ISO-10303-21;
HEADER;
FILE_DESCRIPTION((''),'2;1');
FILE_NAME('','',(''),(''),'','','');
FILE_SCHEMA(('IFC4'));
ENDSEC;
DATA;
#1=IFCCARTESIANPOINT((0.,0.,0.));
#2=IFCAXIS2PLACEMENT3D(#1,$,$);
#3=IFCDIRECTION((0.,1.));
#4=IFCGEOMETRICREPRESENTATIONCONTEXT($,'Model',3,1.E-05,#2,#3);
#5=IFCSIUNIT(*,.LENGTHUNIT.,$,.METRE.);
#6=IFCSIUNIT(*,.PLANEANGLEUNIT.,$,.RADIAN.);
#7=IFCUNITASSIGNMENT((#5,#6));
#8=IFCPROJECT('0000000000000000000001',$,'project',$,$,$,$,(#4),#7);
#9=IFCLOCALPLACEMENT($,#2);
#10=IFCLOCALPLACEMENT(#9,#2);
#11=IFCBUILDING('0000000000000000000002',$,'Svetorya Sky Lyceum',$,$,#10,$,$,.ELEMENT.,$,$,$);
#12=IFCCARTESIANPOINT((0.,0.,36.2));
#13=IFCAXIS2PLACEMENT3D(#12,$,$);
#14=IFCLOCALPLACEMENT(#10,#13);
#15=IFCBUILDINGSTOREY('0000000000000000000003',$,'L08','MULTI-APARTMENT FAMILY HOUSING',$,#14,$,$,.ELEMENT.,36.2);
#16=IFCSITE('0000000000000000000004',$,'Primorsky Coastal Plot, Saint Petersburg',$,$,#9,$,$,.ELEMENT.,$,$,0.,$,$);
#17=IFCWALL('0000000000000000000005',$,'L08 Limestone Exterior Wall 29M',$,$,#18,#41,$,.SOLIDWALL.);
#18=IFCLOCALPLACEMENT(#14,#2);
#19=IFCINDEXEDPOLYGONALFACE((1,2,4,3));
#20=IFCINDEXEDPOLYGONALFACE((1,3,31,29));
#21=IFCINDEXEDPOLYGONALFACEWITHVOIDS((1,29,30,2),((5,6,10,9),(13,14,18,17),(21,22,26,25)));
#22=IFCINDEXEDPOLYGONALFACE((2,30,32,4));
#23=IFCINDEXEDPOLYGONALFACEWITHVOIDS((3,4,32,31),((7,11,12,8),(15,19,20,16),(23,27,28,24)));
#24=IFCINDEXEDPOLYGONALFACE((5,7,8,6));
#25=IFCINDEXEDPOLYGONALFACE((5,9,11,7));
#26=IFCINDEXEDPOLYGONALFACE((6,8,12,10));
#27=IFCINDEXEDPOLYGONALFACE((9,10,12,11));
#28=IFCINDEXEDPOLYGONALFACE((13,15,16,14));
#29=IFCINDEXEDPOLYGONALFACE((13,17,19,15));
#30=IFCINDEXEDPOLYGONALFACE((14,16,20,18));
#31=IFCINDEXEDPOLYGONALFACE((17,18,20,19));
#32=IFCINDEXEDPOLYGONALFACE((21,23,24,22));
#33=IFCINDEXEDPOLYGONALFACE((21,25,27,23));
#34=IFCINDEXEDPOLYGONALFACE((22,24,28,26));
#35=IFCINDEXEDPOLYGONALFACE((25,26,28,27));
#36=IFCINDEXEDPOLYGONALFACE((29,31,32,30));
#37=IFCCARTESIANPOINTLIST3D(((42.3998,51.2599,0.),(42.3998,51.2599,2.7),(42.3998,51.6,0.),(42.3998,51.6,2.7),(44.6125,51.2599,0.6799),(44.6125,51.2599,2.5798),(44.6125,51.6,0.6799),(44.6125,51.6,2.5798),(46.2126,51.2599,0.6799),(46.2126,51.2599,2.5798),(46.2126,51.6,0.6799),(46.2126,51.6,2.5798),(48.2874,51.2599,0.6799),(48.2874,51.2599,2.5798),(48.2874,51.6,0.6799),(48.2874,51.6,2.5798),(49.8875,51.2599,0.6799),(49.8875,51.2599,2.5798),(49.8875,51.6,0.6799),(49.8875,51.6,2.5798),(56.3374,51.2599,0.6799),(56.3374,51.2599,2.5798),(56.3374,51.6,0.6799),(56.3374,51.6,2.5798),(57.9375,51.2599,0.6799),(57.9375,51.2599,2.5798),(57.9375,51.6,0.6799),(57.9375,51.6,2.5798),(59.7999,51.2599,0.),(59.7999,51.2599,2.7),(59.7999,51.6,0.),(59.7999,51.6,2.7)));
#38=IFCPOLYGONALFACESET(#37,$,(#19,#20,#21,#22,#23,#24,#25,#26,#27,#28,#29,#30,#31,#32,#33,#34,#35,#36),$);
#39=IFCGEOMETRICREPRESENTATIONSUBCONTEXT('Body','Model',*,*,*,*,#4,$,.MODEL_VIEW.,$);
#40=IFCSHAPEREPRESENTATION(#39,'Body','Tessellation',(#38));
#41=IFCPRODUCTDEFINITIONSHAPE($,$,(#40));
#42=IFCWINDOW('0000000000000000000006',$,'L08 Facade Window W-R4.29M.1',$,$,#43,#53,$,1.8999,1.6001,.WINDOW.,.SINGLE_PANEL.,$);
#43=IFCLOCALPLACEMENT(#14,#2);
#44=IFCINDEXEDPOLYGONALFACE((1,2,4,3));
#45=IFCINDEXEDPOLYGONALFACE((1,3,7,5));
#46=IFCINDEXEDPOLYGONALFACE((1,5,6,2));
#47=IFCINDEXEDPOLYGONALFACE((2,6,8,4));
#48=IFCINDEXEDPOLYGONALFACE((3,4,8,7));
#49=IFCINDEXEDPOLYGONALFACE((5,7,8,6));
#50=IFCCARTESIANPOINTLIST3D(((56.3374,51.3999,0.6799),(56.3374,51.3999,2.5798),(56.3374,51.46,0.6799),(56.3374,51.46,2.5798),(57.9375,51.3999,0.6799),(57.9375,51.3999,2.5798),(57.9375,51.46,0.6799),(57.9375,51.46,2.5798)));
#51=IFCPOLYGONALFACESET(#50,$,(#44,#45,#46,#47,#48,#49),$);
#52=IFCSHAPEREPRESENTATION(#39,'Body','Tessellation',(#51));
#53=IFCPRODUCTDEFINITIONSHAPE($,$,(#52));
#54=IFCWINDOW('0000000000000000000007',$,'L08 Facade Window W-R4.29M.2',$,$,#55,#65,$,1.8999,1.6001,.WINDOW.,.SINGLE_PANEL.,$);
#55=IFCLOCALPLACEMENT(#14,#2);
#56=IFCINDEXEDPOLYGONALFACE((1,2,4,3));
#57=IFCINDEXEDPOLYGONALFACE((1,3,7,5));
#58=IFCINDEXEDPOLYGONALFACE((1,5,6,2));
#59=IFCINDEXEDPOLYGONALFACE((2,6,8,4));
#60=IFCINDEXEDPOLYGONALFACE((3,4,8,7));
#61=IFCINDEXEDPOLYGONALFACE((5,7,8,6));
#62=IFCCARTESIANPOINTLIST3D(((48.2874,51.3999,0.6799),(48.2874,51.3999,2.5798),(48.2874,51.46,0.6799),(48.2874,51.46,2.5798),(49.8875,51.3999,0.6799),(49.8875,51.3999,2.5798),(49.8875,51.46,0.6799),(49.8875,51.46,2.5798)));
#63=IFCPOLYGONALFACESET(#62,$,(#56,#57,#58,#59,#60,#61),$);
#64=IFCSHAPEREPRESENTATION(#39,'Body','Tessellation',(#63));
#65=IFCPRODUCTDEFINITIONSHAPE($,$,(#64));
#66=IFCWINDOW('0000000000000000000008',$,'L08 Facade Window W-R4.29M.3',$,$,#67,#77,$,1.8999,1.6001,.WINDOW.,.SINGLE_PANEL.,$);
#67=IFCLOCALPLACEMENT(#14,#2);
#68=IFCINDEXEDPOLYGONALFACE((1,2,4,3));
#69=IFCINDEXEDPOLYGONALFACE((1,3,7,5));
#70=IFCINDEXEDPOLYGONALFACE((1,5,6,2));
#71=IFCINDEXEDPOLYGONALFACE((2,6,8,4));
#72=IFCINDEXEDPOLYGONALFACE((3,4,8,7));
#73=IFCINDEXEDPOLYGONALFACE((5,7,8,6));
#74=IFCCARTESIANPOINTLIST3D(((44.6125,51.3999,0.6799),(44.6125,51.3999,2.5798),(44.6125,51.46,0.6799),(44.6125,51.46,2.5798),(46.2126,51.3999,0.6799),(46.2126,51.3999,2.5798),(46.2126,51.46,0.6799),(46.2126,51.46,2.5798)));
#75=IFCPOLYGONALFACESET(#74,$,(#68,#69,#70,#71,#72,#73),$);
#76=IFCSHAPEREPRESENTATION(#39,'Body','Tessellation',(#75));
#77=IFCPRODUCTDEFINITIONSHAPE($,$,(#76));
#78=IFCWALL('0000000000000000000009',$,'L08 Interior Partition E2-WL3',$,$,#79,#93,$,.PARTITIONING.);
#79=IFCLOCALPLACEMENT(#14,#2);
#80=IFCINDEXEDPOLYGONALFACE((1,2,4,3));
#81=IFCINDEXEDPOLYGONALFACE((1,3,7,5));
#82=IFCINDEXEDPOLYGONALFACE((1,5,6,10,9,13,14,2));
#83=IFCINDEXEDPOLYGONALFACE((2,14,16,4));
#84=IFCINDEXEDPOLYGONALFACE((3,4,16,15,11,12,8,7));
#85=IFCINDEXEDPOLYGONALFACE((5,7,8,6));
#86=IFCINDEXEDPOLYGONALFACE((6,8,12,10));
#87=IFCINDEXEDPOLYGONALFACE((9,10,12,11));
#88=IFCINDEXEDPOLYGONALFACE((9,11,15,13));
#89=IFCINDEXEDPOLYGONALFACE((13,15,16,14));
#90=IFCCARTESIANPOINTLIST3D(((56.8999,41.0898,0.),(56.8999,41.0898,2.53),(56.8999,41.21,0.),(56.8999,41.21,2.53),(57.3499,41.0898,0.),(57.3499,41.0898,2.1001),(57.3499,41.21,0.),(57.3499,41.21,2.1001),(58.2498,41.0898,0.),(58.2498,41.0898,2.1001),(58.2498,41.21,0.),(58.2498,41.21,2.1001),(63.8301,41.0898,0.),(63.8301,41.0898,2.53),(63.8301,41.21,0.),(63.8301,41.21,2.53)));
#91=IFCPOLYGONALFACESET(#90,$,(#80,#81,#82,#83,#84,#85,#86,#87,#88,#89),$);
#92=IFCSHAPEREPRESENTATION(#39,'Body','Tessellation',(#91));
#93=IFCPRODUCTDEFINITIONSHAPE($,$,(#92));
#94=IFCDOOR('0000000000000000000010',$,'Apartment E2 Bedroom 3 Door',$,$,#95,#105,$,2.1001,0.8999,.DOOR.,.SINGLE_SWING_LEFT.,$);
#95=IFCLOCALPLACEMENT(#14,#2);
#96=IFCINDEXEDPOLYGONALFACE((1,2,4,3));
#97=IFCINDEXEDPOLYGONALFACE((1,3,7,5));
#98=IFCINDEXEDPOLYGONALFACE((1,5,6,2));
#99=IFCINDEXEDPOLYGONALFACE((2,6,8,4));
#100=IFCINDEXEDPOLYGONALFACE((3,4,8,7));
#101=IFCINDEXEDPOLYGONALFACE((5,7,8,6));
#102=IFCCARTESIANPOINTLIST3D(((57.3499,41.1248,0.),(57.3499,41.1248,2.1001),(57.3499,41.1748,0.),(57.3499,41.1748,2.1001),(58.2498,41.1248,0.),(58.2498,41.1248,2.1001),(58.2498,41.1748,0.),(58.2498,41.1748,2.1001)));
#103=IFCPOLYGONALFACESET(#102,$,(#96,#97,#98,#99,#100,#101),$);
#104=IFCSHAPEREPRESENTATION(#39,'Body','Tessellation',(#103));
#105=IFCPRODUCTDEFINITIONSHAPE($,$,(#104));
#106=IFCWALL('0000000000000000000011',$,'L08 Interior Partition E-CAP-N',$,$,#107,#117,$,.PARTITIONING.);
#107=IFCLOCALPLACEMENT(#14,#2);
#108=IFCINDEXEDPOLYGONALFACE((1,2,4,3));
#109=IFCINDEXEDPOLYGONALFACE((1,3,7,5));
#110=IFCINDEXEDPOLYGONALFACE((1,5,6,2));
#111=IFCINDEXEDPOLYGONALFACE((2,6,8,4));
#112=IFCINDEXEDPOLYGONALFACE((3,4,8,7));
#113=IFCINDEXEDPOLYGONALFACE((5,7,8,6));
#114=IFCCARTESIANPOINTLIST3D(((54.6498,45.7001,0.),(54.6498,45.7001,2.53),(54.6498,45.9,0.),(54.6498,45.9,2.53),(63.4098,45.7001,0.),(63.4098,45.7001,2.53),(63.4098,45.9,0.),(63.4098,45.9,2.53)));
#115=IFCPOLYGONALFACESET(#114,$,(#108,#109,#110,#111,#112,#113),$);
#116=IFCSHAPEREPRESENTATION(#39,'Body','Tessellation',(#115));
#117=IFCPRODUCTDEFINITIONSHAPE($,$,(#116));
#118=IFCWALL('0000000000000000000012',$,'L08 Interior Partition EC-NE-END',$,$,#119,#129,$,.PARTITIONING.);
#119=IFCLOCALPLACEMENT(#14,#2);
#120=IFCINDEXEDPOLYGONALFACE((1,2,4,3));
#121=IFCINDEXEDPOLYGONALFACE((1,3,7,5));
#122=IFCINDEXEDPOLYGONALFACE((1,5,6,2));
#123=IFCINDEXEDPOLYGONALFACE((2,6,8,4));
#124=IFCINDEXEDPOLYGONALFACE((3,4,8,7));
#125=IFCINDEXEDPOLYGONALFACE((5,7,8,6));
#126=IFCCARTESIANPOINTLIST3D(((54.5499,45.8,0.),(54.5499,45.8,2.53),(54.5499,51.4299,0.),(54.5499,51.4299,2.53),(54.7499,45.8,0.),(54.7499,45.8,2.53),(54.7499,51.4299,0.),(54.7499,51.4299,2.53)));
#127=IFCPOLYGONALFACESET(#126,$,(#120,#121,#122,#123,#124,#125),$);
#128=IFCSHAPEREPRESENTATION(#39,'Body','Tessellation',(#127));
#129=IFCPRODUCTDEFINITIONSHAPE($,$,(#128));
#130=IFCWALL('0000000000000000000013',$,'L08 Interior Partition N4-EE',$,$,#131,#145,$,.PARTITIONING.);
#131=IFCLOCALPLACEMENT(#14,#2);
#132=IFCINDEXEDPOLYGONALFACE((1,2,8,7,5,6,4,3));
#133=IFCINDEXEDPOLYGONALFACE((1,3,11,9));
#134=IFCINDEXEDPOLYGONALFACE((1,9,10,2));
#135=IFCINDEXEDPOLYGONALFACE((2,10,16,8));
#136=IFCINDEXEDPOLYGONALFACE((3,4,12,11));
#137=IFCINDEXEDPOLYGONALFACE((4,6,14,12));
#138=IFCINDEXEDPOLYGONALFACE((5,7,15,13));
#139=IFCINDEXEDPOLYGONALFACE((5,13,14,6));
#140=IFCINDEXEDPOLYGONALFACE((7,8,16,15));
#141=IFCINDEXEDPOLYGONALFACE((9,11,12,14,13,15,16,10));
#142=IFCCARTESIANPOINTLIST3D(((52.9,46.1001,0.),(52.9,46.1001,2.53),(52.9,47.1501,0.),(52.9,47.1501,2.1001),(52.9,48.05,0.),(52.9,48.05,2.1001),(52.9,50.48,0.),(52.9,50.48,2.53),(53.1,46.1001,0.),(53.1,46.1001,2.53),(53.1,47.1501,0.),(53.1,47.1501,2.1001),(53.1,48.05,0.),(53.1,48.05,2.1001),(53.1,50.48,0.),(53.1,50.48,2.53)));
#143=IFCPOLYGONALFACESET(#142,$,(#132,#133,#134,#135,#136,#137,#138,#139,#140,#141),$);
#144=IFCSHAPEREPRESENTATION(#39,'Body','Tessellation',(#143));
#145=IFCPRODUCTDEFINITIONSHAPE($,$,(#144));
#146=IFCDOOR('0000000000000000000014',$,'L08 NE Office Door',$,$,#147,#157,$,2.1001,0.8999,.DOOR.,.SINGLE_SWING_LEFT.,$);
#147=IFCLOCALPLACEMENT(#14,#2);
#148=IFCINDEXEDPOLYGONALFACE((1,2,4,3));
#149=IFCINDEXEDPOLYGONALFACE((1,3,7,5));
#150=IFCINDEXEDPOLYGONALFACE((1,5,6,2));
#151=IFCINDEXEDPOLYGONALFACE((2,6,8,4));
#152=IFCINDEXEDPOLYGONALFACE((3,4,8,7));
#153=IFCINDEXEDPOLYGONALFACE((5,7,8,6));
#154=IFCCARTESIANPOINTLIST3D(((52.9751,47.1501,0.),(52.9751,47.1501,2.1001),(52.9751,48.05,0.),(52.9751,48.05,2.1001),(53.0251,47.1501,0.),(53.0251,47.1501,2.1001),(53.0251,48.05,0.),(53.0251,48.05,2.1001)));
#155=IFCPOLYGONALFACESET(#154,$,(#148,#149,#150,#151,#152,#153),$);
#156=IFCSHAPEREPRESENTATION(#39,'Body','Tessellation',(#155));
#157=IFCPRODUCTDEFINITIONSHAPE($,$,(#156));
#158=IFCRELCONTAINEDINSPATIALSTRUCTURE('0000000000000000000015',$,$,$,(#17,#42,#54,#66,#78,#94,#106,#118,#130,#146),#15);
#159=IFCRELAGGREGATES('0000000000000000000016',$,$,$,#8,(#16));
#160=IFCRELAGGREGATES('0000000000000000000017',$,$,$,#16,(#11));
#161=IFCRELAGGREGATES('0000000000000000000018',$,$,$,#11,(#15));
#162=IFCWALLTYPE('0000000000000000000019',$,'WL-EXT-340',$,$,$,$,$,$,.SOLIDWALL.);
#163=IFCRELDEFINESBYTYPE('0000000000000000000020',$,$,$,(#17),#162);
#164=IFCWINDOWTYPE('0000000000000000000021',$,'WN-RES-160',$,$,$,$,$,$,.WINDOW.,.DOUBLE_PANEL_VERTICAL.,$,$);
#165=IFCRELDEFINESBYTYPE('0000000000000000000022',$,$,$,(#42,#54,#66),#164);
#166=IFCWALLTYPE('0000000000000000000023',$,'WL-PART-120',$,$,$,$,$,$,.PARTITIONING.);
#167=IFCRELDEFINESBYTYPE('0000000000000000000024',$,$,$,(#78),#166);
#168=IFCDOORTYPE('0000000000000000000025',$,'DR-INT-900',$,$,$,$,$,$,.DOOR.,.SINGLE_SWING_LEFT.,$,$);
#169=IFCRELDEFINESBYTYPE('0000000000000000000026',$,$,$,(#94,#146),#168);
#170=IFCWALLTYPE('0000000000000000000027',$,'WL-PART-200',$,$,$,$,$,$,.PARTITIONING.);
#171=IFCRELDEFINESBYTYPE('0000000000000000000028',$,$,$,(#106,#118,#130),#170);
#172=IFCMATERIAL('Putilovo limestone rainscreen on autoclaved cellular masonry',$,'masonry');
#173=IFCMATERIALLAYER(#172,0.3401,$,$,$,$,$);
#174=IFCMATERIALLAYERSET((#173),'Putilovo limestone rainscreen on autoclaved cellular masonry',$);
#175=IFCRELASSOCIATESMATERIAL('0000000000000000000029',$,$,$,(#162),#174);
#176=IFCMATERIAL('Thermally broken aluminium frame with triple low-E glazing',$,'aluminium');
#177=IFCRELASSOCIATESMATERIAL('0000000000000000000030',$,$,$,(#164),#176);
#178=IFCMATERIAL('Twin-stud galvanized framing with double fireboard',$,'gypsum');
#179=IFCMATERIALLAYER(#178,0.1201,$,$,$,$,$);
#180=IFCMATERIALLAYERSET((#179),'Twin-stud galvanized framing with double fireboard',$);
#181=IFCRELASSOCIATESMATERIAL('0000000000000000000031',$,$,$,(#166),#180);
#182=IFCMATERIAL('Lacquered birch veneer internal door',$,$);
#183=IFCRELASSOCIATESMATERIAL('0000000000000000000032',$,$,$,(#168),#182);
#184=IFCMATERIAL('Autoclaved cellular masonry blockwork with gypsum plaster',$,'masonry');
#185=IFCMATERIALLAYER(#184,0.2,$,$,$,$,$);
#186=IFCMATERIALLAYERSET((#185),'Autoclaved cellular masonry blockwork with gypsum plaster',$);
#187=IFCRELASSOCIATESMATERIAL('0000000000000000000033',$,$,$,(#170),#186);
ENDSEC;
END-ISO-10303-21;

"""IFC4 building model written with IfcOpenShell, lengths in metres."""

from ifc_helpers import new_model, si_unit, direction, frame, frame_2d, origin, place, context, subcontext, project, spatial, rectangle, extrude, material, layer, layer_set, type_object, element, fill, save


model = new_model("IFC4")

# Units and contexts
model_context = context("Model", 3, precision=1e-05, world=origin(), true_north=direction((0.0, 1.0)))
body_context = subcontext(model_context, "Body", "Model", "MODEL_VIEW")
ifc_project = project(units=[si_unit("LENGTHUNIT", "METRE"), si_unit("PLANEANGLEUNIT", "RADIAN")], contexts=[model_context])

# Site, building, storey
site_placement = place(None, origin())
site = spatial("IfcSite", under=ifc_project, at=site_placement, Name="Primorsky Coastal Plot, Saint Petersburg", CompositionType="ELEMENT", RefElevation=0.0)
building_placement = place(site_placement, origin())
building = spatial("IfcBuilding", under=site, at=building_placement, Name="Svetorya Sky Lyceum", CompositionType="ELEMENT")
storey_placement = place(building_placement, frame((0.0, 0.0, 36.2)))
storey = spatial("IfcBuildingStorey", under=building, at=storey_placement, Name="L08", Description="MULTI-APARTMENT FAMILY HOUSING", CompositionType="ELEMENT", Elevation=36.2)

# Shared definitions
ifc_material_1 = material(Name="Putilovo limestone rainscreen on autoclaved cellular masonry", Category="masonry")
ifc_layer_1 = layer(ifc_material_1, 0.3401)
ifc_layer_set_1 = layer_set([ifc_layer_1], Name="Putilovo limestone rainscreen on autoclaved cellular masonry")
wall_type_1 = type_object("IfcWallType", Name="WL-EXT-340", PredefinedType="SOLIDWALL", material=ifc_layer_set_1)

# Wall, openings, windows
wall_1_placement = place(storey_placement, frame((59.8, 51.4299, 0.0), z_axis=(0.0, 0.0, 1.0), x_axis=(-1.0, 0.0, 0.0)))
wall_1 = element("IfcWall", 1, at=wall_1_placement, inside=storey, type_object=wall_type_1, Name="L08 Limestone Exterior Wall 29M", PredefinedType="SOLIDWALL", context=body_context, shape_type="SweptSolid", body=[
    extrude(rectangle(XDim=17.4001, YDim=0.3401, at=frame_2d((8.7002, 0.0))), origin(), (0.0, 0.0, 1.0), 2.7),
])
opening_1_placement = place(wall_1_placement, frame((1.8625, 0.0, 0.6799)))
opening_1 = element("IfcOpeningElement", 2, at=opening_1_placement, cuts=wall_1, PredefinedType="OPENING", context=body_context, shape_type="SweptSolid", body=[
    extrude(rectangle(XDim=1.6001, YDim=1.8999, at=frame_2d((0.8, 0.95))), frame((0.0, 0.1799, 0.0), z_axis=(0.0, -1.0, 0.0), x_axis=(1.0, 0.0, 0.0)), (0.0, 0.0, 1.0), 0.3601),
])
opening_2_placement = place(wall_1_placement, frame((9.9126, 0.0, 0.6799)))
opening_2 = element("IfcOpeningElement", 3, at=opening_2_placement, cuts=wall_1, PredefinedType="OPENING", context=body_context, shape_type="SweptSolid", body=[
    extrude(rectangle(XDim=1.6001, YDim=1.8999, at=frame_2d((0.8, 0.95))), frame((0.0, 0.1799, 0.0), z_axis=(0.0, -1.0, 0.0), x_axis=(1.0, 0.0, 0.0)), (0.0, 0.0, 1.0), 0.3601),
])
opening_3_placement = place(wall_1_placement, frame((13.5874, 0.0, 0.6799)))
opening_3 = element("IfcOpeningElement", 4, at=opening_3_placement, cuts=wall_1, PredefinedType="OPENING", context=body_context, shape_type="SweptSolid", body=[
    extrude(rectangle(XDim=1.6001, YDim=1.8999, at=frame_2d((0.8, 0.95))), frame((0.0, 0.1799, 0.0), z_axis=(0.0, -1.0, 0.0), x_axis=(1.0, 0.0, 0.0)), (0.0, 0.0, 1.0), 0.3601),
])
ifc_material_2 = material(Name="Thermally broken aluminium frame with triple low-E glazing", Category="aluminium")
window_type = type_object("IfcWindowType", Name="WN-RES-160", PartitioningType="DOUBLE_PANEL_VERTICAL", PredefinedType="WINDOW", material=ifc_material_2)
window_1_placement = place(opening_1_placement, origin())
window_1 = element("IfcWindow", 5, at=window_1_placement, inside=storey, type_object=window_type, Name="L08 Facade Window W-R4.29M.1", OverallHeight=1.8999, OverallWidth=1.6001, PartitioningType="SINGLE_PANEL", PredefinedType="WINDOW", context=body_context, shape_type="SweptSolid", body=[
    extrude(rectangle(XDim=1.6001, YDim=1.8999, at=frame_2d((0.8, 0.95))), frame((0.0, 0.03, 0.0), z_axis=(0.0, -1.0, 0.0), x_axis=(1.0, 0.0, 0.0)), (0.0, 0.0, 1.0), 0.0601),
])
fill(opening_1, window_1)
window_2_placement = place(opening_2_placement, origin())
window_2 = element("IfcWindow", 6, at=window_2_placement, inside=storey, type_object=window_type, Name="L08 Facade Window W-R4.29M.2", OverallHeight=1.8999, OverallWidth=1.6001, PartitioningType="SINGLE_PANEL", PredefinedType="WINDOW", context=body_context, shape_type="SweptSolid", body=[
    extrude(rectangle(XDim=1.6001, YDim=1.8999, at=frame_2d((0.8, 0.95))), frame((0.0, 0.03, 0.0), z_axis=(0.0, -1.0, 0.0), x_axis=(1.0, 0.0, 0.0)), (0.0, 0.0, 1.0), 0.0601),
])
fill(opening_2, window_2)
window_3_placement = place(opening_3_placement, origin())
window_3 = element("IfcWindow", 7, at=window_3_placement, inside=storey, type_object=window_type, Name="L08 Facade Window W-R4.29M.3", OverallHeight=1.8999, OverallWidth=1.6001, PartitioningType="SINGLE_PANEL", PredefinedType="WINDOW", context=body_context, shape_type="SweptSolid", body=[
    extrude(rectangle(XDim=1.6001, YDim=1.8999, at=frame_2d((0.8, 0.95))), frame((0.0, 0.03, 0.0), z_axis=(0.0, -1.0, 0.0), x_axis=(1.0, 0.0, 0.0)), (0.0, 0.0, 1.0), 0.0601),
])
fill(opening_3, window_3)

# Wall, opening, door
ifc_material_3 = material(Name="Twin-stud galvanized framing with double fireboard", Category="gypsum")
ifc_layer_2 = layer(ifc_material_3, 0.1201)
ifc_layer_set_2 = layer_set([ifc_layer_2], Name="Twin-stud galvanized framing with double fireboard")
wall_type_2 = type_object("IfcWallType", Name="WL-PART-120", PredefinedType="PARTITIONING", material=ifc_layer_set_2)
wall_2_placement = place(storey_placement, frame((56.8999, 41.1499, 0.0), z_axis=(0.0, 0.0, 1.0), x_axis=(1.0, 0.0, 0.0)))
wall_2 = element("IfcWall", 8, at=wall_2_placement, inside=storey, type_object=wall_type_2, Name="L08 Interior Partition E2-WL3", PredefinedType="PARTITIONING", context=body_context, shape_type="SweptSolid", body=[
    extrude(rectangle(XDim=6.9302, YDim=0.1201, at=frame_2d((3.4651, 0.0))), origin(), (0.0, 0.0, 1.0), 2.53),
])
opening_4_placement = place(wall_2_placement, frame((0.45, 0.0, 0.0)))
opening_4 = element("IfcOpeningElement", 9, at=opening_4_placement, cuts=wall_2, PredefinedType="OPENING", context=body_context, shape_type="SweptSolid", body=[
    extrude(rectangle(XDim=0.8999, YDim=2.1001, at=frame_2d((0.45, 1.05))), frame((0.0, 0.0701, 0.0), z_axis=(0.0, -1.0, 0.0), x_axis=(1.0, 0.0, 0.0)), (0.0, 0.0, 1.0), 0.1401),
])
ifc_material_4 = material(Name="Lacquered birch veneer internal door")
door_type = type_object("IfcDoorType", Name="DR-INT-900", OperationType="SINGLE_SWING_LEFT", PredefinedType="DOOR", material=ifc_material_4)
door_1_placement = place(opening_4_placement, origin())
door_1 = element("IfcDoor", 10, at=door_1_placement, inside=storey, type_object=door_type, Name="Apartment E2 Bedroom 3 Door", OperationType="SINGLE_SWING_LEFT", OverallHeight=2.1001, OverallWidth=0.8999, PredefinedType="DOOR", context=body_context, shape_type="SweptSolid", body=[
    extrude(rectangle(XDim=0.8999, YDim=2.1001, at=frame_2d((0.45, 1.05))), frame((0.0, 0.0249, 0.0), z_axis=(0.0, -1.0, 0.0), x_axis=(1.0, 0.0, 0.0)), (0.0, 0.0, 1.0), 0.05),
])
fill(opening_4, door_1)

# Walls
ifc_material_5 = material(Name="Autoclaved cellular masonry blockwork with gypsum plaster", Category="masonry")
ifc_layer_3 = layer(ifc_material_5, 0.2)
ifc_layer_set_3 = layer_set([ifc_layer_3], Name="Autoclaved cellular masonry blockwork with gypsum plaster")
wall_type_3 = type_object("IfcWallType", Name="WL-PART-200", PredefinedType="PARTITIONING", material=ifc_layer_set_3)
wall_3_placement = place(storey_placement, frame((54.6499, 45.8, 0.0), z_axis=(0.0, 0.0, 1.0), x_axis=(1.0, 0.0, 0.0)))
element("IfcWall", 11, at=wall_3_placement, inside=storey, type_object=wall_type_3, Name="L08 Interior Partition E-CAP-N", PredefinedType="PARTITIONING", context=body_context, shape_type="SweptSolid", body=[
    extrude(rectangle(XDim=8.76, YDim=0.2, at=frame_2d((4.3799, 0.0))), origin(), (0.0, 0.0, 1.0), 2.53),
])
wall_4_placement = place(storey_placement, frame((54.6499, 45.8, 0.0), z_axis=(0.0, 0.0, 1.0), x_axis=(0.0, 1.0, 0.0)))
element("IfcWall", 12, at=wall_4_placement, inside=storey, type_object=wall_type_3, Name="L08 Interior Partition EC-NE-END", PredefinedType="PARTITIONING", context=body_context, shape_type="SweptSolid", body=[
    extrude(rectangle(XDim=5.6299, YDim=0.2, at=frame_2d((2.8149, 0.0))), origin(), (0.0, 0.0, 1.0), 2.53),
])

# Wall, opening, door
wall_5_placement = place(storey_placement, frame((53.0, 46.1001, 0.0), z_axis=(0.0, 0.0, 1.0), x_axis=(0.0, 1.0, 0.0)))
wall_5 = element("IfcWall", 13, at=wall_5_placement, inside=storey, type_object=wall_type_3, Name="L08 Interior Partition N4-EE", PredefinedType="PARTITIONING", context=body_context, shape_type="SweptSolid", body=[
    extrude(rectangle(XDim=4.3799, YDim=0.2, at=frame_2d((2.1899, 0.0))), origin(), (0.0, 0.0, 1.0), 2.53),
])
opening_5_placement = place(wall_5_placement, frame((1.05, 0.0, 0.0)))
opening_5 = element("IfcOpeningElement", 14, at=opening_5_placement, cuts=wall_5, PredefinedType="OPENING", context=body_context, shape_type="SweptSolid", body=[
    extrude(rectangle(XDim=0.8999, YDim=2.1001, at=frame_2d((0.45, 1.05))), frame((0.0, 0.1099, 0.0), z_axis=(0.0, -1.0, 0.0), x_axis=(1.0, 0.0, 0.0)), (0.0, 0.0, 1.0), 0.22),
])
door_2_placement = place(opening_5_placement, origin())
door_2 = element("IfcDoor", 15, at=door_2_placement, inside=storey, type_object=door_type, Name="L08 NE Office Door", OperationType="SINGLE_SWING_LEFT", OverallHeight=2.1001, OverallWidth=0.8999, PredefinedType="DOOR", context=body_context, shape_type="SweptSolid", body=[
    extrude(rectangle(XDim=0.8999, YDim=2.1001, at=frame_2d((0.45, 1.05))), frame((0.0, 0.0249, 0.0), z_axis=(0.0, -1.0, 0.0), x_axis=(1.0, 0.0, 0.0)), (0.0, 0.0, 1.0), 0.05),
])
fill(opening_5, door_2)

save(model, "model.ifc")
